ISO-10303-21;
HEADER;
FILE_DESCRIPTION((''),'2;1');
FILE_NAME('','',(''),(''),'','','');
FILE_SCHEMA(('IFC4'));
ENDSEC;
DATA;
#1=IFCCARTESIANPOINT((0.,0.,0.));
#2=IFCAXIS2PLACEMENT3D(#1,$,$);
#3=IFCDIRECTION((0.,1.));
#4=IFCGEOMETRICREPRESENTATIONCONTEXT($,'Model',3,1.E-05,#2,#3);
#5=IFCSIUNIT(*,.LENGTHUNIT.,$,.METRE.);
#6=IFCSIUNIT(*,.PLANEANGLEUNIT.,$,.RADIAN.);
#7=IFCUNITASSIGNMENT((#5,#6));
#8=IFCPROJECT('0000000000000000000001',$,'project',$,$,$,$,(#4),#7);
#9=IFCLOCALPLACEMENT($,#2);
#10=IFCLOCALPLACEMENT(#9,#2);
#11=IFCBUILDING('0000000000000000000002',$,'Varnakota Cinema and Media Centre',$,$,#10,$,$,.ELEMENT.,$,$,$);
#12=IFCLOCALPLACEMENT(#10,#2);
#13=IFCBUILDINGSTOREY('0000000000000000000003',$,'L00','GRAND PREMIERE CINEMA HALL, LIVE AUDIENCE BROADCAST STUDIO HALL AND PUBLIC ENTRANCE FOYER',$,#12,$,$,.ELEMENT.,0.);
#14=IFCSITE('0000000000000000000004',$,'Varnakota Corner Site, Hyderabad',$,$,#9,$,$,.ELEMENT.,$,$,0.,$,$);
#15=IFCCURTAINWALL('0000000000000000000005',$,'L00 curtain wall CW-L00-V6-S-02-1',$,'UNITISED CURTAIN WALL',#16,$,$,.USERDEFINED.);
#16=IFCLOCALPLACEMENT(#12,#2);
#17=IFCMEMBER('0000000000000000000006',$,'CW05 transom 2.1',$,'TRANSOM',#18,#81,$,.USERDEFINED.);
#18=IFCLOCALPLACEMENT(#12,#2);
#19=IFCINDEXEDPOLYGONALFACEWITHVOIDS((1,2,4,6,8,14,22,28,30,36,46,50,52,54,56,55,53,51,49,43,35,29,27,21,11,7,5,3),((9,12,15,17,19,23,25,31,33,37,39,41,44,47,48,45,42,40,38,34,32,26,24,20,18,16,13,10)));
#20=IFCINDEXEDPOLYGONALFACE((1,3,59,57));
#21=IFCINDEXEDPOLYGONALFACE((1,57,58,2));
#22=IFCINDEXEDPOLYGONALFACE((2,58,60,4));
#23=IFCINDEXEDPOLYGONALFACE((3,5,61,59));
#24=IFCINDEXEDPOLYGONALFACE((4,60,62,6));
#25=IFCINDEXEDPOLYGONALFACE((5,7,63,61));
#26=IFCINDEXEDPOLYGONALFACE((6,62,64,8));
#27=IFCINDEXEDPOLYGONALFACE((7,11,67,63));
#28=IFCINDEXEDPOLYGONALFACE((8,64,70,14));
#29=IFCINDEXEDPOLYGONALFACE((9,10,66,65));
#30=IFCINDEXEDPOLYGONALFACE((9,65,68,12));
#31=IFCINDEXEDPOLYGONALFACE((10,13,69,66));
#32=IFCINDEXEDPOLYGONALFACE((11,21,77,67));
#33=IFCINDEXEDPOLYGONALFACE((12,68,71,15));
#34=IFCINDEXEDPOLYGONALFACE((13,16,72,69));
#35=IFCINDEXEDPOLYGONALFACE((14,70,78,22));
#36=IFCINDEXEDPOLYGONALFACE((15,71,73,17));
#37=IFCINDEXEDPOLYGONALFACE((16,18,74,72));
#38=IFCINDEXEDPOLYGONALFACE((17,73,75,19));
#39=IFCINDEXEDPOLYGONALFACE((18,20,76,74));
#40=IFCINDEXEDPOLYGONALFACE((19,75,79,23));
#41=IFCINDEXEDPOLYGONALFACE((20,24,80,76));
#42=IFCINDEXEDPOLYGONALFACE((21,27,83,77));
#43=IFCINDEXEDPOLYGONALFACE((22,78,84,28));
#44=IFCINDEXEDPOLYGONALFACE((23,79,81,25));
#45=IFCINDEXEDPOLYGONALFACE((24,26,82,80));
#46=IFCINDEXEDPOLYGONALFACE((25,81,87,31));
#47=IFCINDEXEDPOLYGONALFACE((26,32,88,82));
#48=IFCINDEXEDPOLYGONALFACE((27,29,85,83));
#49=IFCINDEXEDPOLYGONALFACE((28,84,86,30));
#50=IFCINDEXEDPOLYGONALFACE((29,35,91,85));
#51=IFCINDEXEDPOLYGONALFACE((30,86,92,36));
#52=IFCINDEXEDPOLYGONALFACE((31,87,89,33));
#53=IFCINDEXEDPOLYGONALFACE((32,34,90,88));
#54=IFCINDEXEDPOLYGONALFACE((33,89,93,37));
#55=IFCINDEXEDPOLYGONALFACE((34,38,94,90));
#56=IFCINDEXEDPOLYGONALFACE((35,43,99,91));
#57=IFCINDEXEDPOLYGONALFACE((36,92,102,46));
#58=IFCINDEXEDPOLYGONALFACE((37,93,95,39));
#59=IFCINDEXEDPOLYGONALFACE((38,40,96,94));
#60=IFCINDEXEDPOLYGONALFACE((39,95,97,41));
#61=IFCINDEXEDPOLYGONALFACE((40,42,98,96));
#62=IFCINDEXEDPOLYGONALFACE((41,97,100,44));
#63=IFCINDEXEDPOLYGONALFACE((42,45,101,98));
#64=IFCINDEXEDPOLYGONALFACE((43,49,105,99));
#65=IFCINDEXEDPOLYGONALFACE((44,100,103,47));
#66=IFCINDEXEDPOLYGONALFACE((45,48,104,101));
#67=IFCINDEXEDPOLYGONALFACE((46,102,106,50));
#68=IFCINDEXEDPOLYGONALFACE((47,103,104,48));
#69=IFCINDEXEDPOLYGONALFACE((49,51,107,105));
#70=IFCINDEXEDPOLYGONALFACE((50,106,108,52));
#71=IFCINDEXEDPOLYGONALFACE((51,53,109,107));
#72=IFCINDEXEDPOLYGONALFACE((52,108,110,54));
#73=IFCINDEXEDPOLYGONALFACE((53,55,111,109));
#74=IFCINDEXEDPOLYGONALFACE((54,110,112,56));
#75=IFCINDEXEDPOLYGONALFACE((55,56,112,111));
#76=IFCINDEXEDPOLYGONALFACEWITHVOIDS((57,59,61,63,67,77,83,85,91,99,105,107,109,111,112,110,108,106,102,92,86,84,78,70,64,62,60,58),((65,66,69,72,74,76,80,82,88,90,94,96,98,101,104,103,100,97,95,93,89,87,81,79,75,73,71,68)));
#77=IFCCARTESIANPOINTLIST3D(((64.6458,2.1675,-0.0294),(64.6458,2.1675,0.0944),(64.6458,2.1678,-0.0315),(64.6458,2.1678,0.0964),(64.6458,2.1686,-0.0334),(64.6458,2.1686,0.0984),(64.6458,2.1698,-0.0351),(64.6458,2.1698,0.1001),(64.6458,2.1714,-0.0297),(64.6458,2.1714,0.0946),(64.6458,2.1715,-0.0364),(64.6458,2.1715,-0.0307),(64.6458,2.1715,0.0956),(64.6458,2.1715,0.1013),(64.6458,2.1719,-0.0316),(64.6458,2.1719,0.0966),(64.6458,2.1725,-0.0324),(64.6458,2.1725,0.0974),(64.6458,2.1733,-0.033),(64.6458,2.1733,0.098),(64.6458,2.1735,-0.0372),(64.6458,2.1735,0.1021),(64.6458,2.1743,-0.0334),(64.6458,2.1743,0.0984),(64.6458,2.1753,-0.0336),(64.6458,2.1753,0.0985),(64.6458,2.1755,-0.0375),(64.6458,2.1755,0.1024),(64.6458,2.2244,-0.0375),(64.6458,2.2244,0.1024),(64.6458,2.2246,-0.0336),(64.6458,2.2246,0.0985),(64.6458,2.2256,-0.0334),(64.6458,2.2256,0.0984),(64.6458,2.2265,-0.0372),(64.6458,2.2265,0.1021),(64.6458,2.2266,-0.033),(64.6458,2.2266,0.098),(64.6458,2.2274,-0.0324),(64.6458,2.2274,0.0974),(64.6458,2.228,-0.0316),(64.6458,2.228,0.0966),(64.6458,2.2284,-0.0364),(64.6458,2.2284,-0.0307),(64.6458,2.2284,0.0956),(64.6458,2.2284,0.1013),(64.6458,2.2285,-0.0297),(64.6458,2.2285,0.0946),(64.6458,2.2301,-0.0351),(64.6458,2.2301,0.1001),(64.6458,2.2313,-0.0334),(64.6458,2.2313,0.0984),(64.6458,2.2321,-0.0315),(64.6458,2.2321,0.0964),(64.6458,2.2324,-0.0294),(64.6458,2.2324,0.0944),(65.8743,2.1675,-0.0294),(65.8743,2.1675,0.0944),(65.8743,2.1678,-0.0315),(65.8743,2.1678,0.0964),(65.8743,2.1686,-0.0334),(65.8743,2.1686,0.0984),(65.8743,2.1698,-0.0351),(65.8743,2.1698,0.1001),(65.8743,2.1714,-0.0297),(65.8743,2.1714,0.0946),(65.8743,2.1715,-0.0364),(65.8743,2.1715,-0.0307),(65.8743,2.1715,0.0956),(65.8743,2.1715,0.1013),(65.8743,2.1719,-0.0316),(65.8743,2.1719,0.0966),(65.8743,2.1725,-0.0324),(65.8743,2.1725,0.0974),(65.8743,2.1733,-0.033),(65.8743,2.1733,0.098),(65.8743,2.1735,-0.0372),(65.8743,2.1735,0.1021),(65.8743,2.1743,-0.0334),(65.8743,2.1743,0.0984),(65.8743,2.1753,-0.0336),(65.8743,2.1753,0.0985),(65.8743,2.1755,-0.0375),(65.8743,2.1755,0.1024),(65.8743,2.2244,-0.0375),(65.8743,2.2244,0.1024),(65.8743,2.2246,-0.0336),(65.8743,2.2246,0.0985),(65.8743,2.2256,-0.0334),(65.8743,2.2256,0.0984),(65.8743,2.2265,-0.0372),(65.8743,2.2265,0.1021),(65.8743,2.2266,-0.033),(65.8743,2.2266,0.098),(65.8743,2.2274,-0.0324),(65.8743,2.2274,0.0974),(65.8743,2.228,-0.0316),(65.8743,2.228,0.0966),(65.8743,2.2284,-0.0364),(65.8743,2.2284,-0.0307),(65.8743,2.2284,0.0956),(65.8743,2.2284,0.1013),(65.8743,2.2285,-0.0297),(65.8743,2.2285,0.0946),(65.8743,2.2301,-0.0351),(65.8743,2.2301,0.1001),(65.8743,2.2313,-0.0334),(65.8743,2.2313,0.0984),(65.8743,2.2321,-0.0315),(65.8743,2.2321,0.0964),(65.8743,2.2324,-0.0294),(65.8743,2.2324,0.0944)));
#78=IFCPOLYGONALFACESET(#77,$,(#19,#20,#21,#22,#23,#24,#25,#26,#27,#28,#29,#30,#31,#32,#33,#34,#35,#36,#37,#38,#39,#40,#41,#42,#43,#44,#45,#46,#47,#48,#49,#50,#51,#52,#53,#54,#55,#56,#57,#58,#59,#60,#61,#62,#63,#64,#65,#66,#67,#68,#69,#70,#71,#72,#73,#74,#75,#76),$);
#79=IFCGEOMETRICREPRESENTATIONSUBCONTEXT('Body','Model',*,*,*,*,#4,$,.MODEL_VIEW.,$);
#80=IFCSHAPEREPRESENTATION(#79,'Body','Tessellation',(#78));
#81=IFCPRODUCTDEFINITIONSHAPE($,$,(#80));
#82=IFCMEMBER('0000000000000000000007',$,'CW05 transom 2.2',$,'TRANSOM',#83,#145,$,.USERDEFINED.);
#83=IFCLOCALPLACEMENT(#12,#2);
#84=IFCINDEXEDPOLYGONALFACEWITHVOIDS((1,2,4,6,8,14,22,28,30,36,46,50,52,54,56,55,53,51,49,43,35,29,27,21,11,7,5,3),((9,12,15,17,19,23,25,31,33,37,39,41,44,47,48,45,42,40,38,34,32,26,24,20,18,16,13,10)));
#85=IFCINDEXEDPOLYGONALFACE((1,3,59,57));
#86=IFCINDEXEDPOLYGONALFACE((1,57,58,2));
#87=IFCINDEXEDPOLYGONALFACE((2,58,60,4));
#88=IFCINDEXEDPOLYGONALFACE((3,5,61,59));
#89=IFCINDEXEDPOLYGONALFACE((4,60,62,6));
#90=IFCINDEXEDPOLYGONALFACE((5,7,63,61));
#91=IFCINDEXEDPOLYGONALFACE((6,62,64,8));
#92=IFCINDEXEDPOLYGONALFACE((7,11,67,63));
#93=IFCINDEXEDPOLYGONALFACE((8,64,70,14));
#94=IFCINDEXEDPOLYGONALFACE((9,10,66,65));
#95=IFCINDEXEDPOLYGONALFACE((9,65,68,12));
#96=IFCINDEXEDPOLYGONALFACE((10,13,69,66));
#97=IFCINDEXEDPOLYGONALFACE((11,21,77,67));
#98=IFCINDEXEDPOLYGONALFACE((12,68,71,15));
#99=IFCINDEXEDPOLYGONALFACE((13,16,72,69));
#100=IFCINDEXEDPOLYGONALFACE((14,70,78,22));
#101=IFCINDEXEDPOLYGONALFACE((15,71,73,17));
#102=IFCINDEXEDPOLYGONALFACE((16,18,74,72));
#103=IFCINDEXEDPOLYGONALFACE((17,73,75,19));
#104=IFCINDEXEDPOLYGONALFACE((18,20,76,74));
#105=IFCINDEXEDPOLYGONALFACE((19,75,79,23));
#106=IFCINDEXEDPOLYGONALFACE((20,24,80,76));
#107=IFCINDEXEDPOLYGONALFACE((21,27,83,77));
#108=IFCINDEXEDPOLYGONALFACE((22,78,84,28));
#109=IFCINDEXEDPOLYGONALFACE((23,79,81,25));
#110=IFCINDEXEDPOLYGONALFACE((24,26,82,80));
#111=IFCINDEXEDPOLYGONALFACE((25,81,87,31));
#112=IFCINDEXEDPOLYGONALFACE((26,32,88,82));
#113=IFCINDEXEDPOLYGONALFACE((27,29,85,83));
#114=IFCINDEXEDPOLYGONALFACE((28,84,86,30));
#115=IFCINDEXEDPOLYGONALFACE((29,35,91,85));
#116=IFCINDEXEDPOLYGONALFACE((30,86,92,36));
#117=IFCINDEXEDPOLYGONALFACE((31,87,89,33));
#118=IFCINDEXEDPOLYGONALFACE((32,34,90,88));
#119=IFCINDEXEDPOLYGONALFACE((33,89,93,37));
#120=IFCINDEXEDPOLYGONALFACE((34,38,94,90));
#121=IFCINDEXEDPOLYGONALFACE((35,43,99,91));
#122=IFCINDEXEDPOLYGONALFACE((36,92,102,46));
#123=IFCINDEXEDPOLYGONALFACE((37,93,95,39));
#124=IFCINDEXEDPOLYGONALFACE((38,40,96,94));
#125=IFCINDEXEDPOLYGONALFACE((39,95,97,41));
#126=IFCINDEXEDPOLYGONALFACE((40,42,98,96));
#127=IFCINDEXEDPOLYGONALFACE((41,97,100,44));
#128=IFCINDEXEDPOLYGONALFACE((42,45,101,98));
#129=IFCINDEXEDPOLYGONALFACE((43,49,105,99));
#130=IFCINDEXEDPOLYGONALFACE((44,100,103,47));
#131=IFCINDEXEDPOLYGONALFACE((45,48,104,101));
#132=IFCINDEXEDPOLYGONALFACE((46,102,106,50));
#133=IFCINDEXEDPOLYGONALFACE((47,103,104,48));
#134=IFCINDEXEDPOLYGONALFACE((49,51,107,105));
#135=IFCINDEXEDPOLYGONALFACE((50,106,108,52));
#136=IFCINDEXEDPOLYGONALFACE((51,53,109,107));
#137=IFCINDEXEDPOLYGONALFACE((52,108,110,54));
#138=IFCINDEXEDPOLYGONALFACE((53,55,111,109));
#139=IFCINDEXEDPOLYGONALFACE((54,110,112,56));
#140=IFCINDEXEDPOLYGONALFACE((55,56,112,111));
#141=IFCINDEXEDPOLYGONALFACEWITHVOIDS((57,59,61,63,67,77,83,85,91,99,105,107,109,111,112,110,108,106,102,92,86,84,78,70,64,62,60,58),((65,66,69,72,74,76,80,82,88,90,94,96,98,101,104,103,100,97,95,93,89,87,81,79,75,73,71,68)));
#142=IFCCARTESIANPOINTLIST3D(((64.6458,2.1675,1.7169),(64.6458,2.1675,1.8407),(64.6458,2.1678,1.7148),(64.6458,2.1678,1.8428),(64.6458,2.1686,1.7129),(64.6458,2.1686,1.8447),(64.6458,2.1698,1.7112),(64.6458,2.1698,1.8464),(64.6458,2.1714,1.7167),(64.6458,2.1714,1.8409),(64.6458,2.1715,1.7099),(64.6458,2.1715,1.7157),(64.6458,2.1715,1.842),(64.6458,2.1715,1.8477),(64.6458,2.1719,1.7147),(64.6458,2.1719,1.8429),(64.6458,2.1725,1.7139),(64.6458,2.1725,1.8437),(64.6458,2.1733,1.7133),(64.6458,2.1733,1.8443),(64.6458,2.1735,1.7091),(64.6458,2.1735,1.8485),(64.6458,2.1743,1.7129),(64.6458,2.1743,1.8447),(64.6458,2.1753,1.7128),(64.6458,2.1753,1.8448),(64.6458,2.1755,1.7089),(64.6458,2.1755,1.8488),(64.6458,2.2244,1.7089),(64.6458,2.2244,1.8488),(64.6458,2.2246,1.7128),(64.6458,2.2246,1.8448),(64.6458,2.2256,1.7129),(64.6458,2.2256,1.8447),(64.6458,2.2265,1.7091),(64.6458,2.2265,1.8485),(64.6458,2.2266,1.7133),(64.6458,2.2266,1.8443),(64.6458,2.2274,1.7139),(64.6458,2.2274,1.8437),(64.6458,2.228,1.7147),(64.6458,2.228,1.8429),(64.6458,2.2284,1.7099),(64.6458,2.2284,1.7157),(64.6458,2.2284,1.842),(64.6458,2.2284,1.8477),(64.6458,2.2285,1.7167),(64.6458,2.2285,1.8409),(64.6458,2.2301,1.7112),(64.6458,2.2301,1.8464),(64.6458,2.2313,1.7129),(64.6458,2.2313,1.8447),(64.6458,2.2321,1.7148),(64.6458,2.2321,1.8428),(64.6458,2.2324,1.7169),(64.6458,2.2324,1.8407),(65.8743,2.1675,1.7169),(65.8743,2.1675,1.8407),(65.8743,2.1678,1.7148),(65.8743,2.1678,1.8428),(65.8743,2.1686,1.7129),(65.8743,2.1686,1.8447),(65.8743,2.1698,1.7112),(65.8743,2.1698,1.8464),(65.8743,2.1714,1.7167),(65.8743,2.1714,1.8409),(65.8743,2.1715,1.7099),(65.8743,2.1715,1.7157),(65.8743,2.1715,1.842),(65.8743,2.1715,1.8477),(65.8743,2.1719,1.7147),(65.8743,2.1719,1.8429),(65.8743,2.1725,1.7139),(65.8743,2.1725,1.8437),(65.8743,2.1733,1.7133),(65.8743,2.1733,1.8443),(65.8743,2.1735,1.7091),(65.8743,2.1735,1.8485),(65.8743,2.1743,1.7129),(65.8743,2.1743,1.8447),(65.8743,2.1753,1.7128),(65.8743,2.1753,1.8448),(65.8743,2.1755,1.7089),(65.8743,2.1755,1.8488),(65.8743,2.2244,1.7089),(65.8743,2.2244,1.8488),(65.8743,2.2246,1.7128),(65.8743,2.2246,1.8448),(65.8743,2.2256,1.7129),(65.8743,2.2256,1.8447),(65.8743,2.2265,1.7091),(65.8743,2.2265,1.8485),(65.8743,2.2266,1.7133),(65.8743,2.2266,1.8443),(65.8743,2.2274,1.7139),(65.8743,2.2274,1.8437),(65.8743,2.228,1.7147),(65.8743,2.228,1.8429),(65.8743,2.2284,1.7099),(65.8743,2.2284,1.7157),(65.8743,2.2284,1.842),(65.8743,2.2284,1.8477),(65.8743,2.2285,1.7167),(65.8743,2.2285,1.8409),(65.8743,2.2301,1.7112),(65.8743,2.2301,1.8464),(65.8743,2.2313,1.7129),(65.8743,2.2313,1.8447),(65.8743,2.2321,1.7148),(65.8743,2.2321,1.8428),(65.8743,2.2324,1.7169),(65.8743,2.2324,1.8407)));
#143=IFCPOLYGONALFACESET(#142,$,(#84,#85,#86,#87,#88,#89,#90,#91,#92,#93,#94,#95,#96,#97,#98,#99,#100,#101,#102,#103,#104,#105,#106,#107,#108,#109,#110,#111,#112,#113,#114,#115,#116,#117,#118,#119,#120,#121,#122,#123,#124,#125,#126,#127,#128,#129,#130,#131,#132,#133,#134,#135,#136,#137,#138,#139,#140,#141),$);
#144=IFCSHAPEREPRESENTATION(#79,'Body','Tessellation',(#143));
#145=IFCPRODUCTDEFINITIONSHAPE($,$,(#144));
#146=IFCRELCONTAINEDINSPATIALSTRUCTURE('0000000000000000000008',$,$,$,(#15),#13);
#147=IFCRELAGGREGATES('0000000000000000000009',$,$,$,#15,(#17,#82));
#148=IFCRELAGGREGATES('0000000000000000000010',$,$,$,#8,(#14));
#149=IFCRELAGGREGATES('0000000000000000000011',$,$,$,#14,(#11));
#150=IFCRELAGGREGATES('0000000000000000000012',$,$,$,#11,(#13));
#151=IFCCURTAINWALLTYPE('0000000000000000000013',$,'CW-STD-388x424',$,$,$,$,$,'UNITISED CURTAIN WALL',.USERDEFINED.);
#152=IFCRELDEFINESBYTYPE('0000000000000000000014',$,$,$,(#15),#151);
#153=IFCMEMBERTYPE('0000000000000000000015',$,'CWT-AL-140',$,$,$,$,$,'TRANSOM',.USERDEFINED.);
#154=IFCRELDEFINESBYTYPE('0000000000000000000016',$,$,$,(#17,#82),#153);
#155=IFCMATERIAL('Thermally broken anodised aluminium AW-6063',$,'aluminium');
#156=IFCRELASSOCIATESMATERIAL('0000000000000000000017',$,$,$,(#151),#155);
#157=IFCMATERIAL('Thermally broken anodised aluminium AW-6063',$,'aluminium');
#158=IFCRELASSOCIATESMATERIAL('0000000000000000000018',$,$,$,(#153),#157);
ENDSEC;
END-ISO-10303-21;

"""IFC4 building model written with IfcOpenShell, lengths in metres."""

from ifc_helpers import new_model, si_unit, direction, frame, origin, origin_2d, place, context, subcontext, project, spatial, hollow_rectangle, extrude, material, material_profile, profile_set, type_object, element, aggregate, save


model = new_model("IFC4")

# Units and contexts
model_context = context("Model", 3, precision=1e-05, world=origin(), true_north=direction((0.0, 1.0)))
body_context = subcontext(model_context, "Body", "Model", "MODEL_VIEW")
ifc_project = project(units=[si_unit("LENGTHUNIT", "METRE"), si_unit("PLANEANGLEUNIT", "RADIAN")], contexts=[model_context])

# Site, building, storey
site_placement = place(None, origin())
site = spatial("IfcSite", under=ifc_project, at=site_placement, Name="Varnakota Corner Site, Hyderabad", CompositionType="ELEMENT", RefElevation=0.0)
building_placement = place(site_placement, origin())
building = spatial("IfcBuilding", under=site, at=building_placement, Name="Varnakota Cinema and Media Centre", CompositionType="ELEMENT")
storey_placement = place(building_placement, origin())
storey = spatial("IfcBuildingStorey", under=building, at=storey_placement, Name="L00", Description="GRAND PREMIERE CINEMA HALL, LIVE AUDIENCE BROADCAST STUDIO HALL AND PUBLIC ENTRANCE FOYER", CompositionType="ELEMENT", Elevation=0.0)

# Curtain wall
ifc_material_1 = material(Name="Thermally broken anodised aluminium AW-6063", Category="aluminium")
curtain_wall_type = type_object("IfcCurtainWallType", Name="CW-STD-388x424", ElementType="UNITISED CURTAIN WALL", PredefinedType="USERDEFINED", material=ifc_material_1)
curtain_wall_1_placement = place(storey_placement, origin())
curtain_wall_1 = element("IfcCurtainWall", 1, at=curtain_wall_1_placement, inside=storey, type_object=curtain_wall_type, Name="L00 curtain wall CW-L00-V6-S-02-1", ObjectType="UNITISED CURTAIN WALL", PredefinedType="USERDEFINED")

# Members
ifc_material_2 = material(Name="Thermally broken anodised aluminium AW-6063", Category="aluminium")
ifc_material_profile_1 = material_profile(ifc_material_2, hollow_rectangle(XDim=0.0649, YDim=0.1399, WallThickness=0.0039, InnerFilletRadius=0.0039, OuterFilletRadius=0.0081, at=origin_2d()), Name="AL-TRANSOM 140x65x4")
ifc_profile_set_1 = profile_set([ifc_material_profile_1], Name="Thermally broken anodised aluminium AW-6063")
member_type_1 = type_object("IfcMemberType", Name="CWT-AL-140", ElementType="TRANSOM", PredefinedType="USERDEFINED", material=ifc_profile_set_1)
member_1_placement = place(storey_placement, frame((65.8743, 2.2, 0.0325), z_axis=(-1.0, 0.0, 0.0), x_axis=(0.0, -1.0, 0.0)))
member_1 = element("IfcMember", 2, at=member_1_placement, type_object=member_type_1, Name="CW05 transom 2.1", ObjectType="TRANSOM", PredefinedType="USERDEFINED", context=body_context, shape_type="SweptSolid", body=[
    extrude(hollow_rectangle(XDim=0.0649, YDim=0.1399, WallThickness=0.0039, InnerFilletRadius=0.0039, OuterFilletRadius=0.0081, at=origin_2d()), origin(), (0.0, 0.0, 1.0), 1.2285),
])
member_2_placement = place(storey_placement, frame((65.8743, 2.2, 1.7788), z_axis=(-1.0, 0.0, 0.0), x_axis=(0.0, -1.0, 0.0)))
member_2 = element("IfcMember", 3, at=member_2_placement, type_object=member_type_1, Name="CW05 transom 2.2", ObjectType="TRANSOM", PredefinedType="USERDEFINED", context=body_context, shape_type="SweptSolid", body=[
    extrude(hollow_rectangle(XDim=0.0649, YDim=0.1399, WallThickness=0.0039, InnerFilletRadius=0.0039, OuterFilletRadius=0.0081, at=origin_2d()), origin(), (0.0, 0.0, 1.0), 1.2285),
])

aggregate(curtain_wall_1, [member_1, member_2])

save(model, "model.ifc")
